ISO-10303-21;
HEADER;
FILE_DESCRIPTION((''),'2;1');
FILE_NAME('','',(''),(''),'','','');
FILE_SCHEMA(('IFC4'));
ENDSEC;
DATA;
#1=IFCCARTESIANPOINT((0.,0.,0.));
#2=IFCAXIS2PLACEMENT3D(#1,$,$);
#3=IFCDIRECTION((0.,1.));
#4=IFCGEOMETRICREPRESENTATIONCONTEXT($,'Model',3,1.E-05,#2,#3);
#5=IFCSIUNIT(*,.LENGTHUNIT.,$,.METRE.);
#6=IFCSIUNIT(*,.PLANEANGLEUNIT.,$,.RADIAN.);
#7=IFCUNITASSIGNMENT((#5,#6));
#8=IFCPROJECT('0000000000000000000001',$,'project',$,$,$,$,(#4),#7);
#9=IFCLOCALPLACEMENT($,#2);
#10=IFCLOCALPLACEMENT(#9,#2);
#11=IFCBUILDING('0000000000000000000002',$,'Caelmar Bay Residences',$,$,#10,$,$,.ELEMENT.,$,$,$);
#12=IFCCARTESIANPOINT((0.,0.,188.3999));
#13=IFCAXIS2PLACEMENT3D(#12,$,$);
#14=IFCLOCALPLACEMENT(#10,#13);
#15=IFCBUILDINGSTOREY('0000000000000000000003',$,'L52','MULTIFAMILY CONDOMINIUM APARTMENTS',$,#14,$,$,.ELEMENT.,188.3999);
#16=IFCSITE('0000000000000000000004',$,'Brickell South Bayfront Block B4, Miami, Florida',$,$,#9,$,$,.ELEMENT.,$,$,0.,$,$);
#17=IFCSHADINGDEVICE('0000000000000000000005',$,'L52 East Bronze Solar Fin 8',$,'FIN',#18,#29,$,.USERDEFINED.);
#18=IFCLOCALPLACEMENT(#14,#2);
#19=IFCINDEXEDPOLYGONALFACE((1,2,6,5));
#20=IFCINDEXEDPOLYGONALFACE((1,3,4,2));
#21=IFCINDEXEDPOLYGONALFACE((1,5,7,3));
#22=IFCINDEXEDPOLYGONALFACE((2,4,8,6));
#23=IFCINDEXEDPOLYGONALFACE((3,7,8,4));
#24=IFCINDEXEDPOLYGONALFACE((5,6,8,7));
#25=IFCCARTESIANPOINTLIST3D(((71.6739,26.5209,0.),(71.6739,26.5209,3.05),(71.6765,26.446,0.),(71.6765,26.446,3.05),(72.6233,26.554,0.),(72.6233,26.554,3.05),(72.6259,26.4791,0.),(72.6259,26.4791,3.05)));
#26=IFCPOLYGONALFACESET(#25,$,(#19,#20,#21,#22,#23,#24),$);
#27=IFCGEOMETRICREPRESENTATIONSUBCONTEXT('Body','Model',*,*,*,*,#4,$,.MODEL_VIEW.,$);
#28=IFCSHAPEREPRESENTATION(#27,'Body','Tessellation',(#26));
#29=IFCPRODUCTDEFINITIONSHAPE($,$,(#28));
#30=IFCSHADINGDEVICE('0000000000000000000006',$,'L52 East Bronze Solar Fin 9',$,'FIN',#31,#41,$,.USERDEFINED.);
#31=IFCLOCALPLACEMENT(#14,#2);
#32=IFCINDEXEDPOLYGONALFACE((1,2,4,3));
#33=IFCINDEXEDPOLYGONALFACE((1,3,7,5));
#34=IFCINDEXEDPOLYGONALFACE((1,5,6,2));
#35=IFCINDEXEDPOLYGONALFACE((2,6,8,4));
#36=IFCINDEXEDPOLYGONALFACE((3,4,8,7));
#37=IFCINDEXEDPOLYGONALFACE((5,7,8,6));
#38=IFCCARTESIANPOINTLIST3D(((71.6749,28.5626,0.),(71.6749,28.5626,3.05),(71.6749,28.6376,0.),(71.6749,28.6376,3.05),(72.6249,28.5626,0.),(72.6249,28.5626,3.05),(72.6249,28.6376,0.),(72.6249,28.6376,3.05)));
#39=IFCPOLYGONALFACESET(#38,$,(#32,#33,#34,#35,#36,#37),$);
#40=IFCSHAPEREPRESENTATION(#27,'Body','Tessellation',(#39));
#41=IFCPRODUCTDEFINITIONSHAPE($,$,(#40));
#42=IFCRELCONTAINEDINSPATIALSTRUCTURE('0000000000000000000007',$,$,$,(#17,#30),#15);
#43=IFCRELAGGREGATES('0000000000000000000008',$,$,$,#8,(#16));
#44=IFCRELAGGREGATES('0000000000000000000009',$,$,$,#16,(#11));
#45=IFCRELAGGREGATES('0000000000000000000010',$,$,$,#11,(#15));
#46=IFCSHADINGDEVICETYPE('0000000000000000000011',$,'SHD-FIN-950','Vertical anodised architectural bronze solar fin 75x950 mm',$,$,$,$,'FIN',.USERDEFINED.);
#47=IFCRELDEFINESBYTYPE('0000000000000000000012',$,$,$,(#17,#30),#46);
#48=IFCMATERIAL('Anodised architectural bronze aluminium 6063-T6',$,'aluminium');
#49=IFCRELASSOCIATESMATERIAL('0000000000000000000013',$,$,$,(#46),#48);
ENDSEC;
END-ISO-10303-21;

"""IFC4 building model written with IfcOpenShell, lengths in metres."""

from ifc_helpers import new_model, si_unit, direction, frame, origin, origin_2d, place, context, subcontext, project, spatial, rectangle, extrude, material, material_profile, profile_set, type_object, element, save


model = new_model("IFC4")

# Units and contexts
model_context = context("Model", 3, precision=1e-05, world=origin(), true_north=direction((0.0, 1.0)))
body_context = subcontext(model_context, "Body", "Model", "MODEL_VIEW")
ifc_project = project(units=[si_unit("LENGTHUNIT", "METRE"), si_unit("PLANEANGLEUNIT", "RADIAN")], contexts=[model_context])

# Site, building, storey
site_placement = place(None, origin())
site = spatial("IfcSite", under=ifc_project, at=site_placement, Name="Brickell South Bayfront Block B4, Miami, Florida", CompositionType="ELEMENT", RefElevation=0.0)
building_placement = place(site_placement, origin())
building = spatial("IfcBuilding", under=site, at=building_placement, Name="Caelmar Bay Residences", CompositionType="ELEMENT")
storey_placement = place(building_placement, frame((0.0, 0.0, 188.3999)))
storey = spatial("IfcBuildingStorey", under=building, at=storey_placement, Name="L52", Description="MULTIFAMILY CONDOMINIUM APARTMENTS", CompositionType="ELEMENT", Elevation=188.3999)

# Shading devices
ifc_material_1 = material(Name="Anodised architectural bronze aluminium 6063-T6", Category="aluminium")
ifc_material_profile_1 = material_profile(ifc_material_1, rectangle(XDim=0.075, YDim=0.95, at=origin_2d()), Name="BRONZE-FIN-75X950")
ifc_profile_set_1 = profile_set([ifc_material_profile_1], Name="Anodised architectural bronze aluminium 6063-T6")
shading_device_type = type_object("IfcShadingDeviceType", Name="SHD-FIN-950", Description="Vertical anodised architectural bronze solar fin 75x950 mm", ElementType="FIN", PredefinedType="USERDEFINED", material=ifc_profile_set_1)
for number, where, z_axis, x_axis, name in (
    (1, (72.1499, 26.5, 0.0), (0.0, 0.0, 1.0), (-0.034899, 0.999391, 0.0), "L52 East Bronze Solar Fin 8"),
    (2, (72.1499, 28.6001, 0.0), (0.0, 0.0, 1.0), (0.0, 1.0, 0.0), "L52 East Bronze Solar Fin 9"),
):
    element("IfcShadingDevice", number, at=place(storey_placement, frame(where, z_axis=z_axis, x_axis=x_axis)), inside=storey, type_object=shading_device_type, Name=name, ObjectType="FIN", PredefinedType="USERDEFINED", context=body_context, shape_type="SweptSolid", body=[
        extrude(rectangle(XDim=0.075, YDim=0.95, at=origin_2d()), origin(), (0.0, 0.0, 1.0), 3.05),
    ])

save(model, "model.ifc")
